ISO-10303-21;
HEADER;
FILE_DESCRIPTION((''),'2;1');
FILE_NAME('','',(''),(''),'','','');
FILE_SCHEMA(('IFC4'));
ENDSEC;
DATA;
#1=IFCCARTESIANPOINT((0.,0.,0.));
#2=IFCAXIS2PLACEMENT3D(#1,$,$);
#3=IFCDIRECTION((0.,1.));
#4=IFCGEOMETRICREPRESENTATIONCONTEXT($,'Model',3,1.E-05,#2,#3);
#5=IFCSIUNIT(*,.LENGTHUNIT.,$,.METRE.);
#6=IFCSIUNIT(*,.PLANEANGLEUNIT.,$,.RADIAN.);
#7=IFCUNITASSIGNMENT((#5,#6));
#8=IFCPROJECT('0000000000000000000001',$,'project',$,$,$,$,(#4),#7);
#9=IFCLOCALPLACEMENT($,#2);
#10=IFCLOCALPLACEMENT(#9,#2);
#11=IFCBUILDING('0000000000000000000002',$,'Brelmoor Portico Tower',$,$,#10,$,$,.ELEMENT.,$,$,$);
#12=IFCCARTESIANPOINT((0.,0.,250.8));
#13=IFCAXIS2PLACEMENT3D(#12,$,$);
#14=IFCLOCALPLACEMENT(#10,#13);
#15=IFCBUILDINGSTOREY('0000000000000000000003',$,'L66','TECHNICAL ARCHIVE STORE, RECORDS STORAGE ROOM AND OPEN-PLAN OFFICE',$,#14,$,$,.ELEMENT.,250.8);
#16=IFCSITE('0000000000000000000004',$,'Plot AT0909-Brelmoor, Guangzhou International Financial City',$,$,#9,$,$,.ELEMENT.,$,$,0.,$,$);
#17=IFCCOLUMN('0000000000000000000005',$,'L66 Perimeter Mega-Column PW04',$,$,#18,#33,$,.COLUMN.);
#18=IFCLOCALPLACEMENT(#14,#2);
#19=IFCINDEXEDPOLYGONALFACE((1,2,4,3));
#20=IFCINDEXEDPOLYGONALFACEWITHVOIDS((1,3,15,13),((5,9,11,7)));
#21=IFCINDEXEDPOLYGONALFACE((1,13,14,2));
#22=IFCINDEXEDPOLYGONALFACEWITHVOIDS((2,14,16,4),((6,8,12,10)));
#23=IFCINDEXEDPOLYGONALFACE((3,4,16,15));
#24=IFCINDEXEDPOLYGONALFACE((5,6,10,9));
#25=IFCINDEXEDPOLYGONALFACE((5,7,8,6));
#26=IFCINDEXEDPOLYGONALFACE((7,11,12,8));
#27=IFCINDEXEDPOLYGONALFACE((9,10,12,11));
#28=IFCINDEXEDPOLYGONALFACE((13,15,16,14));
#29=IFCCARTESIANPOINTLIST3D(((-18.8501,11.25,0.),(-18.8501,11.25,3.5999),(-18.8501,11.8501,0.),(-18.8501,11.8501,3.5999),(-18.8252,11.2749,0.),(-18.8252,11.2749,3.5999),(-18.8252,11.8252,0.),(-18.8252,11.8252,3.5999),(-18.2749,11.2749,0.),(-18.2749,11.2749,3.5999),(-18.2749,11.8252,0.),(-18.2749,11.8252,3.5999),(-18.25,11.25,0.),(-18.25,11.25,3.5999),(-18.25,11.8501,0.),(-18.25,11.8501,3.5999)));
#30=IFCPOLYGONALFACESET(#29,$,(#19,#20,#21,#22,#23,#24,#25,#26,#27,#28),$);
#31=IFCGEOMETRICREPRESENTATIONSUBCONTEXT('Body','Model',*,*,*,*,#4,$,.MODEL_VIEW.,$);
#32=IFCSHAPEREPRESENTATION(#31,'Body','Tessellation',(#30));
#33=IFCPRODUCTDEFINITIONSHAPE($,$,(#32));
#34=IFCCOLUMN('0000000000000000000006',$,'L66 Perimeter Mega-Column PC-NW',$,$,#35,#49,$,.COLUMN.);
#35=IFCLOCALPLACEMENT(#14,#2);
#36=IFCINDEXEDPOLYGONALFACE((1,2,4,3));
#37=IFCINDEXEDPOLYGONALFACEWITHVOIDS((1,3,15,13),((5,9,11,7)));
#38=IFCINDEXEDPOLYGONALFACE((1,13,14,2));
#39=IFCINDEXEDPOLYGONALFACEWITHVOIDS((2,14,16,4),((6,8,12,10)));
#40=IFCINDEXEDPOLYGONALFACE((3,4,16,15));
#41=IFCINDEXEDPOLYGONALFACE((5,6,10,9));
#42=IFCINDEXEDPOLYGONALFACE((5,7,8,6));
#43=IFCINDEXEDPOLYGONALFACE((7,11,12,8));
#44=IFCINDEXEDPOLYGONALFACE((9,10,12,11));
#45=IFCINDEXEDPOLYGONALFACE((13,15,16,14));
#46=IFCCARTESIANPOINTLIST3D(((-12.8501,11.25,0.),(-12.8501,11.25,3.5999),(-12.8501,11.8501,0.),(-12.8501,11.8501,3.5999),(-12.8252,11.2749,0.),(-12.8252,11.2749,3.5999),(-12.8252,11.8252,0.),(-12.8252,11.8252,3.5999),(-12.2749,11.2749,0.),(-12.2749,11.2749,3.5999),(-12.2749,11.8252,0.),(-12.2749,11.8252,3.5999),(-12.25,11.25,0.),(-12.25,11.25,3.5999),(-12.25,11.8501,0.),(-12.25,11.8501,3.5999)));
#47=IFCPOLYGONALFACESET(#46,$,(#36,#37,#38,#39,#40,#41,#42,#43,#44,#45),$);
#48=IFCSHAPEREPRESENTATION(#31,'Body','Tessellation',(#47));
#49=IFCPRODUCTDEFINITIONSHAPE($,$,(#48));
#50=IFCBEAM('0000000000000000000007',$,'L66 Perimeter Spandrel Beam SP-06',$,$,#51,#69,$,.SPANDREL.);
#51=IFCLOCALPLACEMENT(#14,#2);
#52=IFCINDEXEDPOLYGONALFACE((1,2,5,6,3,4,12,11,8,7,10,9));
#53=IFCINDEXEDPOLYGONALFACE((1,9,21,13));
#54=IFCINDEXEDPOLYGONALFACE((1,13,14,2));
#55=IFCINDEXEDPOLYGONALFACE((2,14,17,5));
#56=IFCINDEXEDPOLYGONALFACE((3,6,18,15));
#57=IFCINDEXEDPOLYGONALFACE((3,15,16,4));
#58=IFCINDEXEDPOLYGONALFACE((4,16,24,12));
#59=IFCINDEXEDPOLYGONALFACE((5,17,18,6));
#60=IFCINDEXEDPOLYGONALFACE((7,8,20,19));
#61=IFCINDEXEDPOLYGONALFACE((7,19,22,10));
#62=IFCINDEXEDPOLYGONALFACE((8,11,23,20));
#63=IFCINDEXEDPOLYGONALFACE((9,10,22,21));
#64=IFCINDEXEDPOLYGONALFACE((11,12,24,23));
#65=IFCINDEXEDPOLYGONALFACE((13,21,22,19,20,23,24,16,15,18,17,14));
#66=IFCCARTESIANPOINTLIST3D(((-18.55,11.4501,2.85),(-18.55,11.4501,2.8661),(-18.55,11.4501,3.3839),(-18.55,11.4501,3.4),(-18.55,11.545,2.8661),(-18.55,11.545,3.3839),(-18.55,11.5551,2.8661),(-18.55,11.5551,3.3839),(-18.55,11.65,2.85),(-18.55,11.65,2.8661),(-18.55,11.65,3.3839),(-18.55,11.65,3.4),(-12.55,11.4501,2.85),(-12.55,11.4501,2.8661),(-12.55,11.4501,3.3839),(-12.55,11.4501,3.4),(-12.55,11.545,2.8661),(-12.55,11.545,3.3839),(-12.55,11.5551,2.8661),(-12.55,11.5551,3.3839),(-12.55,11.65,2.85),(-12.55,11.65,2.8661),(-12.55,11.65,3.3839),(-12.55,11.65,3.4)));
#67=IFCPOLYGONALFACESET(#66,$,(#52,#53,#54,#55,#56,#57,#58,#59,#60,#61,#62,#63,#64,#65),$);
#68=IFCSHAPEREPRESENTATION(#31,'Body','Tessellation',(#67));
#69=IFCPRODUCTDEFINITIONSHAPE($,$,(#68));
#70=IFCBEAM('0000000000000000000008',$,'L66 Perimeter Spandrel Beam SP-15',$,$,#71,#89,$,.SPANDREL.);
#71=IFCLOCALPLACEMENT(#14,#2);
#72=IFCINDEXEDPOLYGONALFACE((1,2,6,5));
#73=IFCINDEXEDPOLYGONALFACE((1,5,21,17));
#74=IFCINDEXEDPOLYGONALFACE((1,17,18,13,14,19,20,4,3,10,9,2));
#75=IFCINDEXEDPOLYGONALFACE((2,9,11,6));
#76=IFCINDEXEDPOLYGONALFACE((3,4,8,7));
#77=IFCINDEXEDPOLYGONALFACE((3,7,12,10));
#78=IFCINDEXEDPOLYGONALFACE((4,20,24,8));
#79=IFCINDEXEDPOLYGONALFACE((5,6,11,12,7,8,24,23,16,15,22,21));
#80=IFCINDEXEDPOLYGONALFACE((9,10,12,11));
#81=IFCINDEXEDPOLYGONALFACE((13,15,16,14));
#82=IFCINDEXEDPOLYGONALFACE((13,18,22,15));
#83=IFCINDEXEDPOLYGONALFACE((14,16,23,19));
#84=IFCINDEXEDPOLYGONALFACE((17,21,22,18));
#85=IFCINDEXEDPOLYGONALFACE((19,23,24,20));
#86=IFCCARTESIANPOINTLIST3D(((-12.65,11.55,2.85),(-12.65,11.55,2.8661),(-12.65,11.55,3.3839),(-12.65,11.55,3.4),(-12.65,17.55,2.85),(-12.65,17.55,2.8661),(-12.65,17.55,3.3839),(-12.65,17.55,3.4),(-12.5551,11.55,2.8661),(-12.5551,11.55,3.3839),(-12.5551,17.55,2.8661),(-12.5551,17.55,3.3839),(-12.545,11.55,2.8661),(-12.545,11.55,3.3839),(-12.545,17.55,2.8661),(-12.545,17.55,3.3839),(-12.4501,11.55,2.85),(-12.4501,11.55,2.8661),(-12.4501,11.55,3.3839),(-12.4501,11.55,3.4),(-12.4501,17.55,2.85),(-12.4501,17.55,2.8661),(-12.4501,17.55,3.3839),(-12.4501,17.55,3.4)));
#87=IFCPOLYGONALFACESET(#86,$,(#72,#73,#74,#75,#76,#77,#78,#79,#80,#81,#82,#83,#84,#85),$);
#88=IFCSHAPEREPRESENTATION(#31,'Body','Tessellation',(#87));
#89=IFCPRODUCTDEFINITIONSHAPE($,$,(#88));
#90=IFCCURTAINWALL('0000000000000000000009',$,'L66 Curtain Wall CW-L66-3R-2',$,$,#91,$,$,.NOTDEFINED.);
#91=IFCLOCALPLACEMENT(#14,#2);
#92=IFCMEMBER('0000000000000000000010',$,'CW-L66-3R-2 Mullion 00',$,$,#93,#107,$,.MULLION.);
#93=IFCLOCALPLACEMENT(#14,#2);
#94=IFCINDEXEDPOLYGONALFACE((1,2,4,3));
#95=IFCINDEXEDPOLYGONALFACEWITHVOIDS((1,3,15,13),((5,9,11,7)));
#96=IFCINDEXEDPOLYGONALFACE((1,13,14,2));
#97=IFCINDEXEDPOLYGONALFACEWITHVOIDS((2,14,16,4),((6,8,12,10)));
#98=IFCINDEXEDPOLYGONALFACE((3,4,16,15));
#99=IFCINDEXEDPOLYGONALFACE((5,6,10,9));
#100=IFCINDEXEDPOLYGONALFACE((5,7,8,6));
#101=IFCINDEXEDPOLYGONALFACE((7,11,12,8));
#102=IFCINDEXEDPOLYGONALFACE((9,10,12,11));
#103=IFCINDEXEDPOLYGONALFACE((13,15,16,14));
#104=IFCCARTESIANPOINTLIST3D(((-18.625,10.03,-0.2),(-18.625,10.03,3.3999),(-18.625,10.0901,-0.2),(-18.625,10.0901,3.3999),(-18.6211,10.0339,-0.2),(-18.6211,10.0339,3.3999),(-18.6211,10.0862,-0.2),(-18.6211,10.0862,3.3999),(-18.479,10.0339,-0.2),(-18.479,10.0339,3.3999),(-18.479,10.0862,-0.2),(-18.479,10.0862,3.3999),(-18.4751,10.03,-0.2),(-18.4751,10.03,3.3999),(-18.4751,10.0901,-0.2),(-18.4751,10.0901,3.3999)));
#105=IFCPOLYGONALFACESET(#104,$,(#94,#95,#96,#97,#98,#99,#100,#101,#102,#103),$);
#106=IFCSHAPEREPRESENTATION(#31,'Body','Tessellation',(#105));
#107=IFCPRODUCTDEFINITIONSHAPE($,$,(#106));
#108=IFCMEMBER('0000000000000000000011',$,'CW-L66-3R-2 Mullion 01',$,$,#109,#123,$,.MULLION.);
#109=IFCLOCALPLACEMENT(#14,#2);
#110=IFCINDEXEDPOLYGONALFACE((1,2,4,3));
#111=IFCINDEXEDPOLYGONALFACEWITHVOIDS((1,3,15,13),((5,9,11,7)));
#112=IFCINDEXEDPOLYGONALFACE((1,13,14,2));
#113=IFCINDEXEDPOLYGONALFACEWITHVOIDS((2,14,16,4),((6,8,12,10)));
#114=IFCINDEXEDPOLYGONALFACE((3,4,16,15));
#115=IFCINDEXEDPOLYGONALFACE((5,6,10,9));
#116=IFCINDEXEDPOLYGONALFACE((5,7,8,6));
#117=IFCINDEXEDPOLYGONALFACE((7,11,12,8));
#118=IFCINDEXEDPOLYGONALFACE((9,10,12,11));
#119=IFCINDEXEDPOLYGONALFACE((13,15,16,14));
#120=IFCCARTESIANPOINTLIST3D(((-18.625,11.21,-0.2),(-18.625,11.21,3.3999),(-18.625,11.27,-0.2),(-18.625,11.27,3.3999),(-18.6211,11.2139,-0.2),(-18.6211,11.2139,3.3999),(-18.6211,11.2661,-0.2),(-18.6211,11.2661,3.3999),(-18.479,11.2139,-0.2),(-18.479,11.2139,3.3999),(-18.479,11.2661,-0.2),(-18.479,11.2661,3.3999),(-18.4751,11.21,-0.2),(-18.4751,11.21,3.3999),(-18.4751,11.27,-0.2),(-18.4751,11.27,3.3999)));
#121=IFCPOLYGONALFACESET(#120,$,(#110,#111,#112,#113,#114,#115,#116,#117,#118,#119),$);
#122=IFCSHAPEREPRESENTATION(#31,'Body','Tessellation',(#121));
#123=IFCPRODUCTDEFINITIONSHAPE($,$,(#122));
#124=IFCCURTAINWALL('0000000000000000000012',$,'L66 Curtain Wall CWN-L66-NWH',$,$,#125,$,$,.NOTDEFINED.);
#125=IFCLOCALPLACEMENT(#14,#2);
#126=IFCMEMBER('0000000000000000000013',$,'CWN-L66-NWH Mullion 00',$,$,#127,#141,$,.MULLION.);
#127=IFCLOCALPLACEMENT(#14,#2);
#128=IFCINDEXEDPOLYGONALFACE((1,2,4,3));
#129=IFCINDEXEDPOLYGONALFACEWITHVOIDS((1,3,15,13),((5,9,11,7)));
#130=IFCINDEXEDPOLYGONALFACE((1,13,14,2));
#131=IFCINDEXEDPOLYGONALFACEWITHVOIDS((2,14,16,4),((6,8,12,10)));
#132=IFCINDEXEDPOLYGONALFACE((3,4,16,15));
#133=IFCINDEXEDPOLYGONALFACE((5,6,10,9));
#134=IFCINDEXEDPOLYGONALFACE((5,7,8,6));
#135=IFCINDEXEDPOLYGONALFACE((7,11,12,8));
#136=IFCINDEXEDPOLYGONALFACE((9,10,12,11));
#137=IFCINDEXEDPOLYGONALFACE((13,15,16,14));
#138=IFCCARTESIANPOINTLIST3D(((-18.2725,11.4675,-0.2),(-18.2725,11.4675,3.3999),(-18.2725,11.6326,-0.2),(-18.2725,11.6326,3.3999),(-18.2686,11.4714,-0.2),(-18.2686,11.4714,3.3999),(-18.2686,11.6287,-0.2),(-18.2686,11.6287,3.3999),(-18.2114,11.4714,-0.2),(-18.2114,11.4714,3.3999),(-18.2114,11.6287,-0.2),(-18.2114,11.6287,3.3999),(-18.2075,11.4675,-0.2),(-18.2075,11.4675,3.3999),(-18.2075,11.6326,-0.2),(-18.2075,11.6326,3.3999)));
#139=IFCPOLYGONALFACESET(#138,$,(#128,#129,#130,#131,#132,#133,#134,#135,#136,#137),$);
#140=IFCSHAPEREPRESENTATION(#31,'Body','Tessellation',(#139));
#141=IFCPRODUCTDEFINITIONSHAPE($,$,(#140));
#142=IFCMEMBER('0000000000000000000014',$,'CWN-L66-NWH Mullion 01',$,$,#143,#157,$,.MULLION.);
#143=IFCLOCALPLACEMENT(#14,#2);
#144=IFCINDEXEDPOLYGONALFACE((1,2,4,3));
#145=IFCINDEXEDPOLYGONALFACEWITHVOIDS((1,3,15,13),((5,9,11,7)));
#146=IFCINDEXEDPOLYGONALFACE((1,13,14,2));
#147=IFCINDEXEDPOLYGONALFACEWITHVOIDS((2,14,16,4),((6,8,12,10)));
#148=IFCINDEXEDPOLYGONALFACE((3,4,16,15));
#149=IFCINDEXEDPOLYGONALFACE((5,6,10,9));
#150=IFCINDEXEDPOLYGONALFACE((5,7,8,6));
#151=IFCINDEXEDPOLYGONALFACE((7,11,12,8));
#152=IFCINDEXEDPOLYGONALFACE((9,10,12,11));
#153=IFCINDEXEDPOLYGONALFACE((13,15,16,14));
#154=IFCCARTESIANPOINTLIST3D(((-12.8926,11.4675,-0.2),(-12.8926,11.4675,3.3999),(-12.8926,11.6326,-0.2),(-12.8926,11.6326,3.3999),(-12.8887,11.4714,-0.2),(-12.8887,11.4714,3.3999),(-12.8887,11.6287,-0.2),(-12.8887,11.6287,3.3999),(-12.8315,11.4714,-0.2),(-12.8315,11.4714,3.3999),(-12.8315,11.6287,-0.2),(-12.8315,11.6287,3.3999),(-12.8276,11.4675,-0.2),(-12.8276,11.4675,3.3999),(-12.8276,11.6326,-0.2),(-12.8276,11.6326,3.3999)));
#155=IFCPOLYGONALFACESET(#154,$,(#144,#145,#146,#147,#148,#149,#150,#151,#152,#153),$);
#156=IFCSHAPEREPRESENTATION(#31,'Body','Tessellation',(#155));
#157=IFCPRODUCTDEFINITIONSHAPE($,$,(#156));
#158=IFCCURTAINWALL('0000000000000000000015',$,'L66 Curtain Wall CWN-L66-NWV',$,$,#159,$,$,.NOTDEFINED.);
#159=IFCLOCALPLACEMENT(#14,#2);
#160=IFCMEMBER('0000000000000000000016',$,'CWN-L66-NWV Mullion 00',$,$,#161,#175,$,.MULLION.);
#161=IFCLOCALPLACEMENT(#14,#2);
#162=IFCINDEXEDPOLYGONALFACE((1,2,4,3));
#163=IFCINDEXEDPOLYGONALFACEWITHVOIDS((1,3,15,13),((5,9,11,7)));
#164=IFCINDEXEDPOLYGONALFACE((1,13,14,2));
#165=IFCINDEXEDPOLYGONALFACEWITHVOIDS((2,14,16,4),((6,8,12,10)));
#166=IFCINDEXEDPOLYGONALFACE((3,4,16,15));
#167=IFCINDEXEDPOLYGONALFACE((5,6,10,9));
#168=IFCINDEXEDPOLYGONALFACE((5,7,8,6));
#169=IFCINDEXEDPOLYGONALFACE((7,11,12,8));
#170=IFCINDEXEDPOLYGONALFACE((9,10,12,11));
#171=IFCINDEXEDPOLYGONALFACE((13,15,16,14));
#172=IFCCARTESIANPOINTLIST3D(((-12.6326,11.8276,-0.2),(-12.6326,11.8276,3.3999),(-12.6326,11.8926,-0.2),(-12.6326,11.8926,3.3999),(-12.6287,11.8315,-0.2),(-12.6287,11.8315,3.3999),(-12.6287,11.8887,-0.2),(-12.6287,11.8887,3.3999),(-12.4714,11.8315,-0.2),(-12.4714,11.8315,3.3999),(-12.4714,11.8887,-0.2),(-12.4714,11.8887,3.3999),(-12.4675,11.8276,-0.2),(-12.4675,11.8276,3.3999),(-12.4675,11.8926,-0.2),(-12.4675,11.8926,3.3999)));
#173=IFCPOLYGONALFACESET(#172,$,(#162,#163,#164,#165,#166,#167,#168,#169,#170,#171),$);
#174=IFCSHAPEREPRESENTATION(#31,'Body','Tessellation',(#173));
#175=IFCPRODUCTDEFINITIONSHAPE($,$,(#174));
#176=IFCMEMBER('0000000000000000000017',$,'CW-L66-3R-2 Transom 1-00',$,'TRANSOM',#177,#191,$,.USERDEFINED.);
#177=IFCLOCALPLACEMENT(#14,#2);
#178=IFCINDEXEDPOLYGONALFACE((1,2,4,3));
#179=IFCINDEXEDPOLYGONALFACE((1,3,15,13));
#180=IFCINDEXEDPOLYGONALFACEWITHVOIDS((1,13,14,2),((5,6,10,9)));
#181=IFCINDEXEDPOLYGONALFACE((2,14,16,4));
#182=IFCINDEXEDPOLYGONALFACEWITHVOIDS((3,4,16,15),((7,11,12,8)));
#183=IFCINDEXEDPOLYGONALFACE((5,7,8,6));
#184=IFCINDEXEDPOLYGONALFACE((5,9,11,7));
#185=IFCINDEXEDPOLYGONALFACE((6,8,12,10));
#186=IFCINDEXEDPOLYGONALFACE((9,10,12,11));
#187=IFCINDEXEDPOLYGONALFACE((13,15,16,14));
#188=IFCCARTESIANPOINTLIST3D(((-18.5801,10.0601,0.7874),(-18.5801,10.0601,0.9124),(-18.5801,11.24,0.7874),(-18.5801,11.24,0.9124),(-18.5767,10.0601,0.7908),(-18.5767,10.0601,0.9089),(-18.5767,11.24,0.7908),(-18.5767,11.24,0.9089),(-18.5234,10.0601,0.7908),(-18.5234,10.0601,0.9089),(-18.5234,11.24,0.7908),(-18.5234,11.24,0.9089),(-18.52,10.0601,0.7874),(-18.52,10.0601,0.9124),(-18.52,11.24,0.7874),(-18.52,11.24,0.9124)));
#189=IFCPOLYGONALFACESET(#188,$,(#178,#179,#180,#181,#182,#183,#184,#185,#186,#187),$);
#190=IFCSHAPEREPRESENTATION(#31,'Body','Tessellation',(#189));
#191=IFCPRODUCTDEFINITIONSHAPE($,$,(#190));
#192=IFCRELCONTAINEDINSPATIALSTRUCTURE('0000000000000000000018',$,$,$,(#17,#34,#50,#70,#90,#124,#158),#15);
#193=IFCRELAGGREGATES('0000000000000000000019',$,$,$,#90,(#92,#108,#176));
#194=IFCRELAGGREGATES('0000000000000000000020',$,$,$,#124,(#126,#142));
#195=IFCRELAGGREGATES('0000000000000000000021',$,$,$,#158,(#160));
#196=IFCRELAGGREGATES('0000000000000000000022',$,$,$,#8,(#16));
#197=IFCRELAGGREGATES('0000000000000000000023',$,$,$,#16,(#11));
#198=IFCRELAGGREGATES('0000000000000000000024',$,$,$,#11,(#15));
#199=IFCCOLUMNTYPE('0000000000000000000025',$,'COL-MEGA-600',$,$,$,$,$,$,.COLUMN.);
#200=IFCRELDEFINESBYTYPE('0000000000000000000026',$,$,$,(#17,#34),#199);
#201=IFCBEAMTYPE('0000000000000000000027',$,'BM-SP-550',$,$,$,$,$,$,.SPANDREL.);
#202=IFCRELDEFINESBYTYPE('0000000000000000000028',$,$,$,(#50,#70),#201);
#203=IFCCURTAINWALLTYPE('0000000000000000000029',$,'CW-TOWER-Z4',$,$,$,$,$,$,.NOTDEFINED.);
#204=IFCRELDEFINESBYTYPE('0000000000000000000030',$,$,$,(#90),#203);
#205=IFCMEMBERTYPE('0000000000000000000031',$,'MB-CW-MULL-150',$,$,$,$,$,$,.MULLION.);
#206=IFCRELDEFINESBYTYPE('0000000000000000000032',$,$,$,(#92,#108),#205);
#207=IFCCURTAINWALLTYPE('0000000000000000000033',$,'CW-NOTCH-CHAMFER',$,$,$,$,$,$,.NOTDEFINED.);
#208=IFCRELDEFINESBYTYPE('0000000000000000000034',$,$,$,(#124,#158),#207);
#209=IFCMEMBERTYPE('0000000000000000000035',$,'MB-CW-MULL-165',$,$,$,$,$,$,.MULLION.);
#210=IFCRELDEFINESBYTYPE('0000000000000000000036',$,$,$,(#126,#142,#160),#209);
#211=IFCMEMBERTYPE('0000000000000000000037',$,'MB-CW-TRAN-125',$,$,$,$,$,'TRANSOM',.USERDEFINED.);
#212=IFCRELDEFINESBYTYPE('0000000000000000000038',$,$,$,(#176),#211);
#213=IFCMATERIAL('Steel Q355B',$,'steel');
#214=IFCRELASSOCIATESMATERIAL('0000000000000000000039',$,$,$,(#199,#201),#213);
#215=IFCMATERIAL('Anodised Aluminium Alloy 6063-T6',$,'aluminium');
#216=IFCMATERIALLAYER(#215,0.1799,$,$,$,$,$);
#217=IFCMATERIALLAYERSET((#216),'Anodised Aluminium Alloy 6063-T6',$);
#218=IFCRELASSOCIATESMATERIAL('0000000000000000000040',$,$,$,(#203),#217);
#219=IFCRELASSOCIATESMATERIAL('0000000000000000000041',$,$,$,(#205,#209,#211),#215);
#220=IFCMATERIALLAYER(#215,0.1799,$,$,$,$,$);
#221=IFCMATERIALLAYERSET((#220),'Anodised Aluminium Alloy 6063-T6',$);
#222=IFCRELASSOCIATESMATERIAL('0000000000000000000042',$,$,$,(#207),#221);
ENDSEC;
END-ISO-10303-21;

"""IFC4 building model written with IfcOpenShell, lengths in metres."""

from ifc_helpers import new_model, si_unit, direction, frame, origin, origin_2d, place, context, subcontext, project, spatial, hollow_rectangle, i_section, extrude, material, layer, layer_set, material_profile, profile_set, type_object, element, aggregate, save


model = new_model("IFC4")

# Units and contexts
model_context = context("Model", 3, precision=1e-05, world=origin(), true_north=direction((0.0, 1.0)))
body_context = subcontext(model_context, "Body", "Model", "MODEL_VIEW")
ifc_project = project(units=[si_unit("LENGTHUNIT", "METRE"), si_unit("PLANEANGLEUNIT", "RADIAN")], contexts=[model_context])

# Site, building, storey
site_placement = place(None, origin())
site = spatial("IfcSite", under=ifc_project, at=site_placement, Name="Plot AT0909-Brelmoor, Guangzhou International Financial City", CompositionType="ELEMENT", RefElevation=0.0)
building_placement = place(site_placement, origin())
building = spatial("IfcBuilding", under=site, at=building_placement, Name="Brelmoor Portico Tower", CompositionType="ELEMENT")
storey_placement = place(building_placement, frame((0.0, 0.0, 250.8)))
storey = spatial("IfcBuildingStorey", under=building, at=storey_placement, Name="L66", Description="TECHNICAL ARCHIVE STORE, RECORDS STORAGE ROOM AND OPEN-PLAN OFFICE", CompositionType="ELEMENT", Elevation=250.8)

# Columns
ifc_material_1 = material(Name="Steel Q355B", Category="steel")
ifc_material_profile_1 = material_profile(ifc_material_1, hollow_rectangle(XDim=0.6001, YDim=0.6001, WallThickness=0.0249, at=origin_2d()), Name="BOX 600x600x25")
ifc_profile_set_1 = profile_set([ifc_material_profile_1], Name="Steel Q355B")
column_type = type_object("IfcColumnType", Name="COL-MEGA-600", PredefinedType="COLUMN", material=ifc_profile_set_1)
for number, where, z_axis, x_axis, name in (
    (1, (-18.55, 11.55, 0.0), (0.0, 0.0, 1.0), (0.0, 1.0, 0.0), "L66 Perimeter Mega-Column PW04"),
    (2, (-12.55, 11.55, 0.0), (0.0, 0.0, 1.0), (1.0, 0.0, 0.0), "L66 Perimeter Mega-Column PC-NW"),
):
    element("IfcColumn", number, at=place(storey_placement, frame(where, z_axis=z_axis, x_axis=x_axis)), inside=storey, type_object=column_type, Name=name, PredefinedType="COLUMN", context=body_context, shape_type="SweptSolid", body=[
        extrude(hollow_rectangle(XDim=0.6001, YDim=0.6001, WallThickness=0.0249, at=origin_2d()), origin(), (0.0, 0.0, 1.0), 3.5999),
    ])

# Beams
ifc_material_profile_2 = material_profile(ifc_material_1, i_section(OverallWidth=0.2, OverallDepth=0.55, WebThickness=0.01, FlangeThickness=0.0161, at=origin_2d()), Name="HN 550x200x10x16")
ifc_profile_set_2 = profile_set([ifc_material_profile_2], Name="Steel Q355B")
beam_type = type_object("IfcBeamType", Name="BM-SP-550", PredefinedType="SPANDREL", material=ifc_profile_set_2)
for number, where, z_axis, x_axis, name in (
    (3, (-18.55, 11.55, 3.125), (1.0, 0.0, 0.0), (0.0, 1.0, 0.0), "L66 Perimeter Spandrel Beam SP-06"),
    (4, (-12.55, 11.55, 3.125), (0.0, 1.0, 0.0), (-1.0, 0.0, 0.0), "L66 Perimeter Spandrel Beam SP-15"),
):
    element("IfcBeam", number, at=place(storey_placement, frame(where, z_axis=z_axis, x_axis=x_axis)), inside=storey, type_object=beam_type, Name=name, PredefinedType="SPANDREL", context=body_context, shape_type="SweptSolid", body=[
        extrude(i_section(OverallWidth=0.2, OverallDepth=0.55, WebThickness=0.01, FlangeThickness=0.0161, at=origin_2d()), origin(), (0.0, 0.0, 1.0), 6.0),
    ])

# Curtain walls, members
ifc_material_2 = material(Name="Anodised Aluminium Alloy 6063-T6", Category="aluminium")
ifc_layer_1 = layer(ifc_material_2, 0.1799)
ifc_layer_set_1 = layer_set([ifc_layer_1], Name="Anodised Aluminium Alloy 6063-T6")
curtain_wall_type_1 = type_object("IfcCurtainWallType", Name="CW-TOWER-Z4", PredefinedType="NOTDEFINED", material=ifc_layer_set_1)
curtain_wall_1_placement = place(storey_placement, origin())
curtain_wall_1 = element("IfcCurtainWall", 5, at=curtain_wall_1_placement, inside=storey, type_object=curtain_wall_type_1, Name="L66 Curtain Wall CW-L66-3R-2", PredefinedType="NOTDEFINED")
ifc_material_profile_3 = material_profile(ifc_material_2, hollow_rectangle(XDim=0.0601, YDim=0.1499, WallThickness=0.0039, at=origin_2d()), Name="ALU MULLION 60x150")
ifc_profile_set_3 = profile_set([ifc_material_profile_3], Name="Anodised Aluminium Alloy 6063-T6")
member_type_1 = type_object("IfcMemberType", Name="MB-CW-MULL-150", PredefinedType="MULLION", material=ifc_profile_set_3)
member_1_placement = place(storey_placement, frame((-18.55, 10.0601, -0.2), z_axis=(0.0, 0.0, 1.0), x_axis=(0.0, 1.0, 0.0)))
member_1 = element("IfcMember", 6, at=member_1_placement, type_object=member_type_1, Name="CW-L66-3R-2 Mullion 00", PredefinedType="MULLION", context=body_context, shape_type="SweptSolid", body=[
    extrude(hollow_rectangle(XDim=0.0601, YDim=0.1499, WallThickness=0.0039, at=origin_2d()), origin(), (0.0, 0.0, 1.0), 3.5999),
])
member_2_placement = place(storey_placement, frame((-18.55, 11.24, -0.2), z_axis=(0.0, 0.0, 1.0), x_axis=(0.0, 1.0, 0.0)))
member_2 = element("IfcMember", 7, at=member_2_placement, type_object=member_type_1, Name="CW-L66-3R-2 Mullion 01", PredefinedType="MULLION", context=body_context, shape_type="SweptSolid", body=[
    extrude(hollow_rectangle(XDim=0.0601, YDim=0.1499, WallThickness=0.0039, at=origin_2d()), origin(), (0.0, 0.0, 1.0), 3.5999),
])
ifc_layer_2 = layer(ifc_material_2, 0.1799)
ifc_layer_set_2 = layer_set([ifc_layer_2], Name="Anodised Aluminium Alloy 6063-T6")
curtain_wall_type_2 = type_object("IfcCurtainWallType", Name="CW-NOTCH-CHAMFER", PredefinedType="NOTDEFINED", material=ifc_layer_set_2)
curtain_wall_2_placement = place(storey_placement, origin())
curtain_wall_2 = element("IfcCurtainWall", 8, at=curtain_wall_2_placement, inside=storey, type_object=curtain_wall_type_2, Name="L66 Curtain Wall CWN-L66-NWH", PredefinedType="NOTDEFINED")
ifc_material_profile_4 = material_profile(ifc_material_2, hollow_rectangle(XDim=0.0649, YDim=0.165, WallThickness=0.0039, at=origin_2d()), Name="ALU MULLION 65x165")
ifc_profile_set_4 = profile_set([ifc_material_profile_4], Name="Anodised Aluminium Alloy 6063-T6")
member_type_2 = type_object("IfcMemberType", Name="MB-CW-MULL-165", PredefinedType="MULLION", material=ifc_profile_set_4)
member_3_placement = place(storey_placement, frame((-18.24, 11.55, -0.2), z_axis=(0.0, 0.0, 1.0), x_axis=(1.0, 0.0, 0.0)))
member_3 = element("IfcMember", 9, at=member_3_placement, type_object=member_type_2, Name="CWN-L66-NWH Mullion 00", PredefinedType="MULLION", context=body_context, shape_type="SweptSolid", body=[
    extrude(hollow_rectangle(XDim=0.0649, YDim=0.165, WallThickness=0.0039, at=origin_2d()), origin(), (0.0, 0.0, 1.0), 3.5999),
])
member_4_placement = place(storey_placement, frame((-12.8601, 11.55, -0.2), z_axis=(0.0, 0.0, 1.0), x_axis=(1.0, 0.0, 0.0)))
member_4 = element("IfcMember", 10, at=member_4_placement, type_object=member_type_2, Name="CWN-L66-NWH Mullion 01", PredefinedType="MULLION", context=body_context, shape_type="SweptSolid", body=[
    extrude(hollow_rectangle(XDim=0.0649, YDim=0.165, WallThickness=0.0039, at=origin_2d()), origin(), (0.0, 0.0, 1.0), 3.5999),
])

# Curtain wall, member
curtain_wall_3_placement = place(storey_placement, origin())
curtain_wall_3 = element("IfcCurtainWall", 11, at=curtain_wall_3_placement, inside=storey, type_object=curtain_wall_type_2, Name="L66 Curtain Wall CWN-L66-NWV", PredefinedType="NOTDEFINED")
member_5_placement = place(storey_placement, frame((-12.55, 11.8601, -0.2), z_axis=(0.0, 0.0, 1.0), x_axis=(0.0, 1.0, 0.0)))
member_5 = element("IfcMember", 12, at=member_5_placement, type_object=member_type_2, Name="CWN-L66-NWV Mullion 00", PredefinedType="MULLION", context=body_context, shape_type="SweptSolid", body=[
    extrude(hollow_rectangle(XDim=0.0649, YDim=0.165, WallThickness=0.0039, at=origin_2d()), origin(), (0.0, 0.0, 1.0), 3.5999),
])

# Member
ifc_material_profile_5 = material_profile(ifc_material_2, hollow_rectangle(XDim=0.0601, YDim=0.125, WallThickness=0.0034, at=origin_2d()), Name="ALU TRANSOM 60x125")
ifc_profile_set_5 = profile_set([ifc_material_profile_5], Name="Anodised Aluminium Alloy 6063-T6")
member_type_3 = type_object("IfcMemberType", Name="MB-CW-TRAN-125", ElementType="TRANSOM", PredefinedType="USERDEFINED", material=ifc_profile_set_5)
member_6_placement = place(storey_placement, frame((-18.55, 10.0601, 0.8499), z_axis=(0.0, 1.0, 0.0), x_axis=(-1.0, 0.0, 0.0)))
member_6 = element("IfcMember", 13, at=member_6_placement, type_object=member_type_3, Name="CW-L66-3R-2 Transom 1-00", ObjectType="TRANSOM", PredefinedType="USERDEFINED", context=body_context, shape_type="SweptSolid", body=[
    extrude(hollow_rectangle(XDim=0.0601, YDim=0.125, WallThickness=0.0034, at=origin_2d()), origin(), (0.0, 0.0, 1.0), 1.1799),
])

aggregate(curtain_wall_1, [member_1, member_2, member_6])
aggregate(curtain_wall_2, [member_3, member_4])
aggregate(curtain_wall_3, [member_5])

save(model, "model.ifc")
